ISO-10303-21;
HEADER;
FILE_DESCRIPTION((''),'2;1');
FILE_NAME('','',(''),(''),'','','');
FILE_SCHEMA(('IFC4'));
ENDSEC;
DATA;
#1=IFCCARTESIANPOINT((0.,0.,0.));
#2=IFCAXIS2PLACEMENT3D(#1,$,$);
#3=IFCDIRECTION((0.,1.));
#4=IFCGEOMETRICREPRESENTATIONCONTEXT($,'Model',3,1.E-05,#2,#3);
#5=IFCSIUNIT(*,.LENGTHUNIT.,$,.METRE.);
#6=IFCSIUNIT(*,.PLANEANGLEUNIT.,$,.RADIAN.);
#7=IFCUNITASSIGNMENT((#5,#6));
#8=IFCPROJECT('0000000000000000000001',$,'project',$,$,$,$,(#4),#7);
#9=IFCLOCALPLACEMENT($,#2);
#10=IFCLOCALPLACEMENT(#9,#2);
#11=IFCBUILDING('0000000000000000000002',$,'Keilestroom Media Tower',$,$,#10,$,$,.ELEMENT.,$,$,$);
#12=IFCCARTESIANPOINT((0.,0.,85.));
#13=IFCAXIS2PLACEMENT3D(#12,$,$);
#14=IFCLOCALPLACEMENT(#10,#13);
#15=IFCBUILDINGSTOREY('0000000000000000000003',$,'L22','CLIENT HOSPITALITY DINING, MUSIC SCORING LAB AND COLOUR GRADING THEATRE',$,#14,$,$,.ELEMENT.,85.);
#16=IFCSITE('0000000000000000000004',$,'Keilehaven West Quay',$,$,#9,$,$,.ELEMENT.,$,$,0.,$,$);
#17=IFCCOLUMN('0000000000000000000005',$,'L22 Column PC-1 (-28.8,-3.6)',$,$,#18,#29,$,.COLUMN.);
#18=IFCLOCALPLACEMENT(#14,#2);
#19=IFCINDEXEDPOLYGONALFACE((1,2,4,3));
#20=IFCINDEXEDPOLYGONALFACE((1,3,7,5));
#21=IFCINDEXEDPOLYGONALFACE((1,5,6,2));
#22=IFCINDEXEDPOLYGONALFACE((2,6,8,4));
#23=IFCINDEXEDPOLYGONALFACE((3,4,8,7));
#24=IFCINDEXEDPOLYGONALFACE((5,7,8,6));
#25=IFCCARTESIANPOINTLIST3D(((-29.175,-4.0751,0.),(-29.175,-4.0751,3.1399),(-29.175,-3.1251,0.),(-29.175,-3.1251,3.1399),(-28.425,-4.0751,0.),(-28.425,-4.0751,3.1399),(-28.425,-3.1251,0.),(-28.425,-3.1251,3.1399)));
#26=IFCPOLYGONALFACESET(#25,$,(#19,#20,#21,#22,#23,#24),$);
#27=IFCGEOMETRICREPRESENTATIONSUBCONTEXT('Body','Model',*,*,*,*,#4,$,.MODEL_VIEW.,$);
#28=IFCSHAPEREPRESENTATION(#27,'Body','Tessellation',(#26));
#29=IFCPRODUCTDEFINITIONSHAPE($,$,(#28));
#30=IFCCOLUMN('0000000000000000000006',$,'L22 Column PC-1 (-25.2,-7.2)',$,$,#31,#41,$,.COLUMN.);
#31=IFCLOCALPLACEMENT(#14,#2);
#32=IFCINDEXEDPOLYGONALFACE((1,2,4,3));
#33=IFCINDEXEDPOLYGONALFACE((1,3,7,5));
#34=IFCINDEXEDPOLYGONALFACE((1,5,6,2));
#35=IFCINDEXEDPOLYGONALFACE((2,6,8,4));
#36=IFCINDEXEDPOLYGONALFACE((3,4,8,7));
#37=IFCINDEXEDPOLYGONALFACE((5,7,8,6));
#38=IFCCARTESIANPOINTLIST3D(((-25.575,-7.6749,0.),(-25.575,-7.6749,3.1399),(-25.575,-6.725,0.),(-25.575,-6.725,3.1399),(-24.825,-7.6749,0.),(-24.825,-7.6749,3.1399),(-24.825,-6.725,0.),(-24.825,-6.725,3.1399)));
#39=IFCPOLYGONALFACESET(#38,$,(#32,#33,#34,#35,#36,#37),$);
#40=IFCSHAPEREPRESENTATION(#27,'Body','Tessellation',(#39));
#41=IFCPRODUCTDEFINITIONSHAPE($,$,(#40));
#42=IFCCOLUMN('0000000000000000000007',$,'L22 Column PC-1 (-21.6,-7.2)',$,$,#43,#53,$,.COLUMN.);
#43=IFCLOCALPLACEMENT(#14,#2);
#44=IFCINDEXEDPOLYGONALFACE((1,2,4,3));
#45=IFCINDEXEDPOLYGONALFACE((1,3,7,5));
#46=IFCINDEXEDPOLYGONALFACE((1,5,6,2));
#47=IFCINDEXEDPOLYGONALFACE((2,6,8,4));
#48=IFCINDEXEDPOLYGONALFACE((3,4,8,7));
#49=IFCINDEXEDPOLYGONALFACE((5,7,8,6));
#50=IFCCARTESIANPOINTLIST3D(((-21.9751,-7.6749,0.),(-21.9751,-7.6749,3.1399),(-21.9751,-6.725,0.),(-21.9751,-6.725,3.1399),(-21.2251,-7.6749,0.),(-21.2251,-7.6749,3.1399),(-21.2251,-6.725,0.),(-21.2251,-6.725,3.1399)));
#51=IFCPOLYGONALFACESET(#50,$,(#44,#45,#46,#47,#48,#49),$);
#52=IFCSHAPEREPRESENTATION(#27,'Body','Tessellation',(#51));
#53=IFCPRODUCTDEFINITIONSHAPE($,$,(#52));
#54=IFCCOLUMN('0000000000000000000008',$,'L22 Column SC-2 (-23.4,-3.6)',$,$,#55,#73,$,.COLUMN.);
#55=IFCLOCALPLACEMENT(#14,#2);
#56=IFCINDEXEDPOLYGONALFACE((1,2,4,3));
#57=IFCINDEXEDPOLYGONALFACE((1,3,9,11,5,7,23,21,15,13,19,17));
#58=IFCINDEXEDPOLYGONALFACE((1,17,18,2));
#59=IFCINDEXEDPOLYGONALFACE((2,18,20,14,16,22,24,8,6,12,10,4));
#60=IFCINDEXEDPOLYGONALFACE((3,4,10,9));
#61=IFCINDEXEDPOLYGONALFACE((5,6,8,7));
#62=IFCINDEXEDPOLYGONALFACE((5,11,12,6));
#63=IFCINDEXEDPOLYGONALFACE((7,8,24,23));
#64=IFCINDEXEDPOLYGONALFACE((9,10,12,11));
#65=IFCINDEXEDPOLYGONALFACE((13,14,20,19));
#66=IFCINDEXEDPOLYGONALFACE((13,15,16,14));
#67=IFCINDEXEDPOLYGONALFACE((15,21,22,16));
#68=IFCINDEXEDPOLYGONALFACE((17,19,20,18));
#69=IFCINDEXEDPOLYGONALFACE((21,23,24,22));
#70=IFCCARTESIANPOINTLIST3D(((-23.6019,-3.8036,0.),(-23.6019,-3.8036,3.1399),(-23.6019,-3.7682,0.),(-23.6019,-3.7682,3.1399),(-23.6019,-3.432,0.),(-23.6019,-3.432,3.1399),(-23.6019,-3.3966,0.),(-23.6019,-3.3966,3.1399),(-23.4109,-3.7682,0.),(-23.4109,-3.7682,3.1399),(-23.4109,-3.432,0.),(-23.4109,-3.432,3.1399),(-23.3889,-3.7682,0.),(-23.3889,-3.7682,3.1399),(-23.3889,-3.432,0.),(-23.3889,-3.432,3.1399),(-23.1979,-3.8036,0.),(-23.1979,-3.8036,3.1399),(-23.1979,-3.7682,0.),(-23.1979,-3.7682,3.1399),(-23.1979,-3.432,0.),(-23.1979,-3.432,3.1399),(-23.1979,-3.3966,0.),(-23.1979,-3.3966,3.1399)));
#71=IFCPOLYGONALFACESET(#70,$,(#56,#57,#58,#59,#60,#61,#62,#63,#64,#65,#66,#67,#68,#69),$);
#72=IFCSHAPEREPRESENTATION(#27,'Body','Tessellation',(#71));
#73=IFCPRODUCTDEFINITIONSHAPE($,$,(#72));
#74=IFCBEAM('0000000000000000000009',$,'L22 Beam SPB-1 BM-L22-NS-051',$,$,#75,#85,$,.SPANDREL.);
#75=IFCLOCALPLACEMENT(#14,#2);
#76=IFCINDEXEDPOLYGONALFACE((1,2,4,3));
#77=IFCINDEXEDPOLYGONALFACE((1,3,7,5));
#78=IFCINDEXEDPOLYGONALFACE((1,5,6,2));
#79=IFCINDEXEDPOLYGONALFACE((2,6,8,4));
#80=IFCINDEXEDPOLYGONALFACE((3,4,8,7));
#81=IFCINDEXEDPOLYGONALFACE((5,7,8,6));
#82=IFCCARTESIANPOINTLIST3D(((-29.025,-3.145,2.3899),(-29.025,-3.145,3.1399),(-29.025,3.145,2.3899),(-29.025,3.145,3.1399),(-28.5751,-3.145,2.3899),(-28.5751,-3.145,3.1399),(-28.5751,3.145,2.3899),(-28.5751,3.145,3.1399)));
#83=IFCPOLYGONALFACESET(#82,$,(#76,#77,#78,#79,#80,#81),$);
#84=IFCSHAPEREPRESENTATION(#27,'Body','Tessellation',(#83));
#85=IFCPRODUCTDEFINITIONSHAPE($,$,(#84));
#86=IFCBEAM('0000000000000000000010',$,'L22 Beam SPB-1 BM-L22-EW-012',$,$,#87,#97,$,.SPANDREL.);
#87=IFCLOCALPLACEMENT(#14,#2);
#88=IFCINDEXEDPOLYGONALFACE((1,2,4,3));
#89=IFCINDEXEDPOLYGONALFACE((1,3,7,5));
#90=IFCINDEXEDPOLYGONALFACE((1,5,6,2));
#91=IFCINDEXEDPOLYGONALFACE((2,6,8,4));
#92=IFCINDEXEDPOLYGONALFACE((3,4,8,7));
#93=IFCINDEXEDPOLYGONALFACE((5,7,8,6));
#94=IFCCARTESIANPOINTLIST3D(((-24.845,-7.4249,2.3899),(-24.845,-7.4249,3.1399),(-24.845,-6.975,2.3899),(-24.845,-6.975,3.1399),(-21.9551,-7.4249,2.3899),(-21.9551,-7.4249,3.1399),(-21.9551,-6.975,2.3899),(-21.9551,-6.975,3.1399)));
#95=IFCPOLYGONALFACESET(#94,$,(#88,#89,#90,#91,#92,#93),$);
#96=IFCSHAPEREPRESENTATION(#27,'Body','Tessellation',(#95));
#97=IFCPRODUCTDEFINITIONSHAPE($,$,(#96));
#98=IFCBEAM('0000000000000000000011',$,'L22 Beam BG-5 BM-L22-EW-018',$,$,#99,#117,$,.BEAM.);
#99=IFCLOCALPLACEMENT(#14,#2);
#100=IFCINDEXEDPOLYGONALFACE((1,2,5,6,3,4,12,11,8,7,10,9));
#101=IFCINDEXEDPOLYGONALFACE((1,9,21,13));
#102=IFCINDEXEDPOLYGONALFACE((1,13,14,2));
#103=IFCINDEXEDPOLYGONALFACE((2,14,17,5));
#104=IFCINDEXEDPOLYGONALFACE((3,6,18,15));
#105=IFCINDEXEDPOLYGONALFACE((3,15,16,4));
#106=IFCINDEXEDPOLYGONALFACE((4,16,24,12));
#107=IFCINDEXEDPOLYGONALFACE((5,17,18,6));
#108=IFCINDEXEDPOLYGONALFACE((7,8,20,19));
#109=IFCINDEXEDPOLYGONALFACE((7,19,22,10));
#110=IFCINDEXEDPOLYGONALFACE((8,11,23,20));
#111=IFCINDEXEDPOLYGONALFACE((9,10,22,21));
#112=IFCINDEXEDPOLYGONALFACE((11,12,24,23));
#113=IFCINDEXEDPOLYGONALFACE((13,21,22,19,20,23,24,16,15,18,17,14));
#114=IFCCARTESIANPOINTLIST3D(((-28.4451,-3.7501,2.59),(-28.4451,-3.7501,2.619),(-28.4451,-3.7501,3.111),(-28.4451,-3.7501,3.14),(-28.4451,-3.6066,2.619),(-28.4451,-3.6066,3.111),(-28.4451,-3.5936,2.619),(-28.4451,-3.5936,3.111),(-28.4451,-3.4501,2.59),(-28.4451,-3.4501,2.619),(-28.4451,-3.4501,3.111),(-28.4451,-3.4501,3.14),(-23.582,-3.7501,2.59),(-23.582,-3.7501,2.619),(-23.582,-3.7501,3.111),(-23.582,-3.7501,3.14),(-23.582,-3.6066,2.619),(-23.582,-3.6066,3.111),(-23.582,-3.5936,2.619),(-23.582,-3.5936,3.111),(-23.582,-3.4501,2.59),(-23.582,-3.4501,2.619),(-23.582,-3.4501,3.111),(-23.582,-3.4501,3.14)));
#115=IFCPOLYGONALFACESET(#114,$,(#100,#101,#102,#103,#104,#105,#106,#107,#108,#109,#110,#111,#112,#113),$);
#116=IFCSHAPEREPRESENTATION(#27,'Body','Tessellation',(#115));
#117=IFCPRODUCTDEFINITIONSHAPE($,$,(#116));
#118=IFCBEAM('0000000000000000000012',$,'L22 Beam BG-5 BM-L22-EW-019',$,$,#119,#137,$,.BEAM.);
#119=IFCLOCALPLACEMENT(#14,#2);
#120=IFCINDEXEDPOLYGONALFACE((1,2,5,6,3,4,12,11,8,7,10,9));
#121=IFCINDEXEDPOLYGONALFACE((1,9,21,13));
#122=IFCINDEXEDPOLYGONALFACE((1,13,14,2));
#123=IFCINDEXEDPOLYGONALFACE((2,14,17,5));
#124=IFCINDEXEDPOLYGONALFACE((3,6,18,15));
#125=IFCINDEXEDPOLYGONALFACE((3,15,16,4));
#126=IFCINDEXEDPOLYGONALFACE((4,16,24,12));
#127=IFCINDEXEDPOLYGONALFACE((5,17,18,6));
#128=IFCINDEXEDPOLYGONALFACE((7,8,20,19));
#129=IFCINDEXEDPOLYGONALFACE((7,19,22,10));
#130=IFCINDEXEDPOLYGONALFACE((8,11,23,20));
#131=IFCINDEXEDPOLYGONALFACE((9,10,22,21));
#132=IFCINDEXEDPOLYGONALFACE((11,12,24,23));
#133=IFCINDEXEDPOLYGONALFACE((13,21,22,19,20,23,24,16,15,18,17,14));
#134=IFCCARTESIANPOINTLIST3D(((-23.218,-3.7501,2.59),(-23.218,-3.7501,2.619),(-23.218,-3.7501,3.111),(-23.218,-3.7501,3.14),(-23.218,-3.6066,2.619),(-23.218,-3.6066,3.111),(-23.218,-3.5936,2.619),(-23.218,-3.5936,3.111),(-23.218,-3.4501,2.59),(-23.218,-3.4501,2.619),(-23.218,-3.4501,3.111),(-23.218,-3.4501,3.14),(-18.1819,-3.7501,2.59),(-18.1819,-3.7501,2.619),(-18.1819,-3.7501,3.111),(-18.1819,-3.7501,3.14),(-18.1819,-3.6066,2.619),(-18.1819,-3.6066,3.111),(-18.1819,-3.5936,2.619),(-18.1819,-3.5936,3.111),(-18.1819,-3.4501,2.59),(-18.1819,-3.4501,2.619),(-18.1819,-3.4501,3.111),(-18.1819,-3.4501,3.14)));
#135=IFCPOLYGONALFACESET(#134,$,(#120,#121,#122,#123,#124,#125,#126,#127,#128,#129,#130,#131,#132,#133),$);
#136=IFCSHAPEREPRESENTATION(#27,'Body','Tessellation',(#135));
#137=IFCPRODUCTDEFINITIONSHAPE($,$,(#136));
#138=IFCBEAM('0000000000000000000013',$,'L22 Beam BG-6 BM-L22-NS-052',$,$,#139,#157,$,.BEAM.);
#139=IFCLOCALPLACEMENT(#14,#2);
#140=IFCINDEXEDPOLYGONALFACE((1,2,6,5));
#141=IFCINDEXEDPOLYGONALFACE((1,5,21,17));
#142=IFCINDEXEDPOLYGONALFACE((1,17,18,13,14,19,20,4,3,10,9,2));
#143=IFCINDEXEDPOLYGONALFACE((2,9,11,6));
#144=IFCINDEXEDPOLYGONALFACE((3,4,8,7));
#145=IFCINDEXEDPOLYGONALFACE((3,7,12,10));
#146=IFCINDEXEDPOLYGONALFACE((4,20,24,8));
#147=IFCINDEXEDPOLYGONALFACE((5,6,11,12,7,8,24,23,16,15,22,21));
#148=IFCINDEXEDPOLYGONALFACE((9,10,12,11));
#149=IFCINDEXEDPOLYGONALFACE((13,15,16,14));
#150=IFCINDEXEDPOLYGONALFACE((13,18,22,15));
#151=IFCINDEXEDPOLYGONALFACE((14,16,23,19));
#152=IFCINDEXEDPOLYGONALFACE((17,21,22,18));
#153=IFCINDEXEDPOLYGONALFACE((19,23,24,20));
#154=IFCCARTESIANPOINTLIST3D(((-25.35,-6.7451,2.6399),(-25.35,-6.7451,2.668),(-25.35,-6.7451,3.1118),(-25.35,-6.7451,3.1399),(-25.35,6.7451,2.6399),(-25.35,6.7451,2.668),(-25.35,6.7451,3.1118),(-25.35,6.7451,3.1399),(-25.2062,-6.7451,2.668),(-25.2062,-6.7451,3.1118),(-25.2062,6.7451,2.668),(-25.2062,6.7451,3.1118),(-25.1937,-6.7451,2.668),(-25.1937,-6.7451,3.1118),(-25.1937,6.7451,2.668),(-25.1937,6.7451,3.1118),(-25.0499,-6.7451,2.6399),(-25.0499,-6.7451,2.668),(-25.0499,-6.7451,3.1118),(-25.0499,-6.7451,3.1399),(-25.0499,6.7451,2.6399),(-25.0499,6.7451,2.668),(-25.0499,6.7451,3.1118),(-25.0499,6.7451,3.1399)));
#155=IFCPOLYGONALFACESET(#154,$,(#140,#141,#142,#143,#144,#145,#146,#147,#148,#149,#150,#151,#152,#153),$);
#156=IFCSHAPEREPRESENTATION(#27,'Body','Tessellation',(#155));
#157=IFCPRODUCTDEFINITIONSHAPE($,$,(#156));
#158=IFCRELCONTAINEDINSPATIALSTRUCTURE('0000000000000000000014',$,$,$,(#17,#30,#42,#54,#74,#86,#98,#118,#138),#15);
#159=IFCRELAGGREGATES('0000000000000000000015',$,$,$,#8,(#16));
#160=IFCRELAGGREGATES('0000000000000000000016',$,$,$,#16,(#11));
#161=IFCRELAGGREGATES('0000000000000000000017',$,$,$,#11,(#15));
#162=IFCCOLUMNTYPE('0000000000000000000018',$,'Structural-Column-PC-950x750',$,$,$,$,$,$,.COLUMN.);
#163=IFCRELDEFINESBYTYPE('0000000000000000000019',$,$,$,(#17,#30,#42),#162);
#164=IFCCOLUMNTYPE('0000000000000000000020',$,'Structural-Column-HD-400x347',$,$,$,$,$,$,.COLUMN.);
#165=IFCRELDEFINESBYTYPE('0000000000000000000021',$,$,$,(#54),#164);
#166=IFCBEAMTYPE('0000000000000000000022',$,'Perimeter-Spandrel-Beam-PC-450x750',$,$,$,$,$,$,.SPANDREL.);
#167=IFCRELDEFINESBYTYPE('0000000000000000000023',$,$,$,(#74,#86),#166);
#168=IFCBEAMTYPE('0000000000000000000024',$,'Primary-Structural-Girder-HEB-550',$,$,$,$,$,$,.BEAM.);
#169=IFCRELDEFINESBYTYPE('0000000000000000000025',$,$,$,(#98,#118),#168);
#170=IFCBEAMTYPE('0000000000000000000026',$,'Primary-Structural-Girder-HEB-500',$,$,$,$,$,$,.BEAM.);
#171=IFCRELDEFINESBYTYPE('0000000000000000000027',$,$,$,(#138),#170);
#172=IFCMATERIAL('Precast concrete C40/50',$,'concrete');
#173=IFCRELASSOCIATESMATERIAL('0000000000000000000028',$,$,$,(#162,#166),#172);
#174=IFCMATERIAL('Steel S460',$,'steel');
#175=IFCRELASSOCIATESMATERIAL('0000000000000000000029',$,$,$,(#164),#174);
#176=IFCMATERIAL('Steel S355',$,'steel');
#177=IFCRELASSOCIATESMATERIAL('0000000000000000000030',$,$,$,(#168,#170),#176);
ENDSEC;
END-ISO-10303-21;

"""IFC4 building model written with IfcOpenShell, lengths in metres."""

from ifc_helpers import new_model, si_unit, direction, frame, origin, origin_2d, place, context, subcontext, project, spatial, rectangle, i_section, extrude, source, transform, mapped, material, material_profile, profile_set, type_object, element, save


model = new_model("IFC4")

# Units and contexts
model_context = context("Model", 3, precision=1e-05, world=origin(), true_north=direction((0.0, 1.0)))
body_context = subcontext(model_context, "Body", "Model", "MODEL_VIEW")
ifc_project = project(units=[si_unit("LENGTHUNIT", "METRE"), si_unit("PLANEANGLEUNIT", "RADIAN")], contexts=[model_context])

# Site, building, storey
site_placement = place(None, origin())
site = spatial("IfcSite", under=ifc_project, at=site_placement, Name="Keilehaven West Quay", CompositionType="ELEMENT", RefElevation=0.0)
building_placement = place(site_placement, origin())
building = spatial("IfcBuilding", under=site, at=building_placement, Name="Keilestroom Media Tower", CompositionType="ELEMENT")
storey_placement = place(building_placement, frame((0.0, 0.0, 85.0)))
storey = spatial("IfcBuildingStorey", under=building, at=storey_placement, Name="L22", Description="CLIENT HOSPITALITY DINING, MUSIC SCORING LAB AND COLOUR GRADING THEATRE", CompositionType="ELEMENT", Elevation=85.0)

# Columns
ifc_material_1 = material(Name="Precast concrete C40/50", Category="concrete")
ifc_material_profile_1 = material_profile(ifc_material_1, rectangle(XDim=0.75, YDim=0.95, at=origin_2d()), Name="PC 950x750")
ifc_profile_set_1 = profile_set([ifc_material_profile_1], Name="Precast concrete C40/50")
column_type_1 = type_object("IfcColumnType", Name="Structural-Column-PC-950x750", PredefinedType="COLUMN", material=ifc_profile_set_1)
shared_shape_1 = source(origin(), body_context, "Body", "SweptSolid", [
    extrude(rectangle(XDim=0.75, YDim=0.95, at=origin_2d()), origin(), (0.0, 0.0, 1.0), 3.1399),
])
for number, where, z_axis, x_axis, name in (
    (1, (-28.8, -3.6001, 0.0), (0.0, 0.0, 1.0), (1.0, 0.0, 0.0), "L22 Column PC-1 (-28.8,-3.6)"),
    (2, (-25.2, -7.2, 0.0), (0.0, 0.0, 1.0), (1.0, 0.0, 0.0), "L22 Column PC-1 (-25.2,-7.2)"),
    (3, (-21.6001, -7.2, 0.0), (0.0, 0.0, 1.0), (1.0, 0.0, 0.0), "L22 Column PC-1 (-21.6,-7.2)"),
):
    element("IfcColumn", number, at=place(storey_placement, frame(where, z_axis=z_axis, x_axis=x_axis)), inside=storey, type_object=column_type_1, Name=name, PredefinedType="COLUMN", context=body_context, shape_type="MappedRepresentation", body=[
        mapped(shared_shape_1, transform((0.0, 0.0, 0.0), x_axis=(1.0, 0.0, 0.0), y_axis=(0.0, 1.0, 0.0), z_axis=(0.0, 0.0, 1.0), scale=1.0)),
    ])
ifc_material_2 = material(Name="Steel S460", Category="steel")
ifc_material_profile_2 = material_profile(ifc_material_2, i_section(OverallWidth=0.4041, OverallDepth=0.407, WebThickness=0.022, FlangeThickness=0.0354, at=origin_2d()), Name="HD 400x347")
ifc_profile_set_2 = profile_set([ifc_material_profile_2], Name="Steel S460")
column_type_2 = type_object("IfcColumnType", Name="Structural-Column-HD-400x347", PredefinedType="COLUMN", material=ifc_profile_set_2)
shared_shape_2 = source(origin(), body_context, "Body", "SweptSolid", [
    extrude(i_section(OverallWidth=0.4041, OverallDepth=0.407, WebThickness=0.022, FlangeThickness=0.0354, at=origin_2d()), origin(), (0.0, 0.0, 1.0), 3.1399),
])
column_placement = place(storey_placement, frame((-23.3999, -3.6001, 0.0), z_axis=(0.0, 0.0, 1.0), x_axis=(1.0, 0.0, 0.0)))
element("IfcColumn", 4, at=column_placement, inside=storey, type_object=column_type_2, Name="L22 Column SC-2 (-23.4,-3.6)", PredefinedType="COLUMN", context=body_context, shape_type="MappedRepresentation", body=[
    mapped(shared_shape_2, transform((0.0, 0.0, 0.0), x_axis=(1.0, 0.0, 0.0), y_axis=(0.0, 1.0, 0.0), z_axis=(0.0, 0.0, 1.0), scale=1.0)),
])

# Beams
ifc_material_profile_3 = material_profile(ifc_material_1, rectangle(XDim=0.45, YDim=0.75, at=origin_2d()), Name="PC 450x750")
ifc_profile_set_3 = profile_set([ifc_material_profile_3], Name="Precast concrete C40/50")
beam_type_1 = type_object("IfcBeamType", Name="Perimeter-Spandrel-Beam-PC-450x750", PredefinedType="SPANDREL", material=ifc_profile_set_3)
shared_shape_3 = source(origin(), body_context, "Body", "SweptSolid", [
    extrude(rectangle(XDim=0.45, YDim=0.75, at=origin_2d()), origin(), (0.0, 0.0, 1.0), 6.29),
])
beam_1_placement = place(storey_placement, frame((-28.8, -3.145, 2.7649), z_axis=(0.0, 1.0, 0.0), x_axis=(-1.0, 0.0, 0.0)))
element("IfcBeam", 5, at=beam_1_placement, inside=storey, type_object=beam_type_1, Name="L22 Beam SPB-1 BM-L22-NS-051", PredefinedType="SPANDREL", context=body_context, shape_type="MappedRepresentation", body=[
    mapped(shared_shape_3, transform((0.0, 0.0, 0.0), x_axis=(1.0, 0.0, 0.0), y_axis=(0.0, 1.0, 0.0), z_axis=(0.0, 0.0, 1.0), scale=1.0)),
])
shared_shape_4 = source(origin(), body_context, "Body", "SweptSolid", [
    extrude(rectangle(XDim=0.45, YDim=0.75, at=origin_2d()), origin(), (0.0, 0.0, 1.0), 2.8899),
])
beam_2_placement = place(storey_placement, frame((-24.845, -7.2, 2.7649), z_axis=(1.0, 0.0, 0.0), x_axis=(0.0, 1.0, 0.0)))
element("IfcBeam", 6, at=beam_2_placement, inside=storey, type_object=beam_type_1, Name="L22 Beam SPB-1 BM-L22-EW-012", PredefinedType="SPANDREL", context=body_context, shape_type="MappedRepresentation", body=[
    mapped(shared_shape_4, transform((0.0, 0.0, 0.0), x_axis=(1.0, 0.0, 0.0), y_axis=(0.0, 1.0, 0.0), z_axis=(0.0, 0.0, 1.0), scale=1.0)),
])
ifc_material_3 = material(Name="Steel S355", Category="steel")
ifc_material_profile_4 = material_profile(ifc_material_3, i_section(OverallWidth=0.3, OverallDepth=0.55, WebThickness=0.0129, FlangeThickness=0.0291, at=origin_2d()), Name="HEB 550")
ifc_profile_set_4 = profile_set([ifc_material_profile_4], Name="Steel S355")
beam_type_2 = type_object("IfcBeamType", Name="Primary-Structural-Girder-HEB-550", PredefinedType="BEAM", material=ifc_profile_set_4)
shared_shape_5 = source(origin(), body_context, "Body", "SweptSolid", [
    extrude(i_section(OverallWidth=0.3, OverallDepth=0.55, WebThickness=0.0129, FlangeThickness=0.0291, at=origin_2d()), origin(), (0.0, 0.0, 1.0), 4.863),
])
beam_3_placement = place(storey_placement, frame((-28.4451, -3.6001, 2.865), z_axis=(1.0, 0.0, 0.0), x_axis=(0.0, 1.0, 0.0)))
element("IfcBeam", 7, at=beam_3_placement, inside=storey, type_object=beam_type_2, Name="L22 Beam BG-5 BM-L22-EW-018", PredefinedType="BEAM", context=body_context, shape_type="MappedRepresentation", body=[
    mapped(shared_shape_5, transform((0.0, 0.0, 0.0), x_axis=(1.0, 0.0, 0.0), y_axis=(0.0, 1.0, 0.0), z_axis=(0.0, 0.0, 1.0), scale=1.0)),
])
shared_shape_6 = source(origin(), body_context, "Body", "SweptSolid", [
    extrude(i_section(OverallWidth=0.3, OverallDepth=0.55, WebThickness=0.0129, FlangeThickness=0.0291, at=origin_2d()), origin(), (0.0, 0.0, 1.0), 5.0361),
])
beam_4_placement = place(storey_placement, frame((-23.218, -3.6001, 2.865), z_axis=(1.0, 0.0, 0.0), x_axis=(0.0, 1.0, 0.0)))
element("IfcBeam", 8, at=beam_4_placement, inside=storey, type_object=beam_type_2, Name="L22 Beam BG-5 BM-L22-EW-019", PredefinedType="BEAM", context=body_context, shape_type="MappedRepresentation", body=[
    mapped(shared_shape_6, transform((0.0, 0.0, 0.0), x_axis=(1.0, 0.0, 0.0), y_axis=(0.0, 1.0, 0.0), z_axis=(0.0, 0.0, 1.0), scale=1.0)),
])
ifc_material_profile_5 = material_profile(ifc_material_3, i_section(OverallWidth=0.3, OverallDepth=0.5, WebThickness=0.0125, FlangeThickness=0.0281, at=origin_2d()), Name="HEB 500")
ifc_profile_set_5 = profile_set([ifc_material_profile_5], Name="Steel S355")
beam_type_3 = type_object("IfcBeamType", Name="Primary-Structural-Girder-HEB-500", PredefinedType="BEAM", material=ifc_profile_set_5)
shared_shape_7 = source(origin(), body_context, "Body", "SweptSolid", [
    extrude(i_section(OverallWidth=0.3, OverallDepth=0.5, WebThickness=0.0125, FlangeThickness=0.0281, at=origin_2d()), origin(), (0.0, 0.0, 1.0), 13.4902),
])
beam_5_placement = place(storey_placement, frame((-25.2, -6.7451, 2.8899), z_axis=(0.0, 1.0, 0.0), x_axis=(-1.0, 0.0, 0.0)))
element("IfcBeam", 9, at=beam_5_placement, inside=storey, type_object=beam_type_3, Name="L22 Beam BG-6 BM-L22-NS-052", PredefinedType="BEAM", context=body_context, shape_type="MappedRepresentation", body=[
    mapped(shared_shape_7, transform((0.0, 0.0, 0.0), x_axis=(1.0, 0.0, 0.0), y_axis=(0.0, 1.0, 0.0), z_axis=(0.0, 0.0, 1.0), scale=1.0)),
])

save(model, "model.ifc")
